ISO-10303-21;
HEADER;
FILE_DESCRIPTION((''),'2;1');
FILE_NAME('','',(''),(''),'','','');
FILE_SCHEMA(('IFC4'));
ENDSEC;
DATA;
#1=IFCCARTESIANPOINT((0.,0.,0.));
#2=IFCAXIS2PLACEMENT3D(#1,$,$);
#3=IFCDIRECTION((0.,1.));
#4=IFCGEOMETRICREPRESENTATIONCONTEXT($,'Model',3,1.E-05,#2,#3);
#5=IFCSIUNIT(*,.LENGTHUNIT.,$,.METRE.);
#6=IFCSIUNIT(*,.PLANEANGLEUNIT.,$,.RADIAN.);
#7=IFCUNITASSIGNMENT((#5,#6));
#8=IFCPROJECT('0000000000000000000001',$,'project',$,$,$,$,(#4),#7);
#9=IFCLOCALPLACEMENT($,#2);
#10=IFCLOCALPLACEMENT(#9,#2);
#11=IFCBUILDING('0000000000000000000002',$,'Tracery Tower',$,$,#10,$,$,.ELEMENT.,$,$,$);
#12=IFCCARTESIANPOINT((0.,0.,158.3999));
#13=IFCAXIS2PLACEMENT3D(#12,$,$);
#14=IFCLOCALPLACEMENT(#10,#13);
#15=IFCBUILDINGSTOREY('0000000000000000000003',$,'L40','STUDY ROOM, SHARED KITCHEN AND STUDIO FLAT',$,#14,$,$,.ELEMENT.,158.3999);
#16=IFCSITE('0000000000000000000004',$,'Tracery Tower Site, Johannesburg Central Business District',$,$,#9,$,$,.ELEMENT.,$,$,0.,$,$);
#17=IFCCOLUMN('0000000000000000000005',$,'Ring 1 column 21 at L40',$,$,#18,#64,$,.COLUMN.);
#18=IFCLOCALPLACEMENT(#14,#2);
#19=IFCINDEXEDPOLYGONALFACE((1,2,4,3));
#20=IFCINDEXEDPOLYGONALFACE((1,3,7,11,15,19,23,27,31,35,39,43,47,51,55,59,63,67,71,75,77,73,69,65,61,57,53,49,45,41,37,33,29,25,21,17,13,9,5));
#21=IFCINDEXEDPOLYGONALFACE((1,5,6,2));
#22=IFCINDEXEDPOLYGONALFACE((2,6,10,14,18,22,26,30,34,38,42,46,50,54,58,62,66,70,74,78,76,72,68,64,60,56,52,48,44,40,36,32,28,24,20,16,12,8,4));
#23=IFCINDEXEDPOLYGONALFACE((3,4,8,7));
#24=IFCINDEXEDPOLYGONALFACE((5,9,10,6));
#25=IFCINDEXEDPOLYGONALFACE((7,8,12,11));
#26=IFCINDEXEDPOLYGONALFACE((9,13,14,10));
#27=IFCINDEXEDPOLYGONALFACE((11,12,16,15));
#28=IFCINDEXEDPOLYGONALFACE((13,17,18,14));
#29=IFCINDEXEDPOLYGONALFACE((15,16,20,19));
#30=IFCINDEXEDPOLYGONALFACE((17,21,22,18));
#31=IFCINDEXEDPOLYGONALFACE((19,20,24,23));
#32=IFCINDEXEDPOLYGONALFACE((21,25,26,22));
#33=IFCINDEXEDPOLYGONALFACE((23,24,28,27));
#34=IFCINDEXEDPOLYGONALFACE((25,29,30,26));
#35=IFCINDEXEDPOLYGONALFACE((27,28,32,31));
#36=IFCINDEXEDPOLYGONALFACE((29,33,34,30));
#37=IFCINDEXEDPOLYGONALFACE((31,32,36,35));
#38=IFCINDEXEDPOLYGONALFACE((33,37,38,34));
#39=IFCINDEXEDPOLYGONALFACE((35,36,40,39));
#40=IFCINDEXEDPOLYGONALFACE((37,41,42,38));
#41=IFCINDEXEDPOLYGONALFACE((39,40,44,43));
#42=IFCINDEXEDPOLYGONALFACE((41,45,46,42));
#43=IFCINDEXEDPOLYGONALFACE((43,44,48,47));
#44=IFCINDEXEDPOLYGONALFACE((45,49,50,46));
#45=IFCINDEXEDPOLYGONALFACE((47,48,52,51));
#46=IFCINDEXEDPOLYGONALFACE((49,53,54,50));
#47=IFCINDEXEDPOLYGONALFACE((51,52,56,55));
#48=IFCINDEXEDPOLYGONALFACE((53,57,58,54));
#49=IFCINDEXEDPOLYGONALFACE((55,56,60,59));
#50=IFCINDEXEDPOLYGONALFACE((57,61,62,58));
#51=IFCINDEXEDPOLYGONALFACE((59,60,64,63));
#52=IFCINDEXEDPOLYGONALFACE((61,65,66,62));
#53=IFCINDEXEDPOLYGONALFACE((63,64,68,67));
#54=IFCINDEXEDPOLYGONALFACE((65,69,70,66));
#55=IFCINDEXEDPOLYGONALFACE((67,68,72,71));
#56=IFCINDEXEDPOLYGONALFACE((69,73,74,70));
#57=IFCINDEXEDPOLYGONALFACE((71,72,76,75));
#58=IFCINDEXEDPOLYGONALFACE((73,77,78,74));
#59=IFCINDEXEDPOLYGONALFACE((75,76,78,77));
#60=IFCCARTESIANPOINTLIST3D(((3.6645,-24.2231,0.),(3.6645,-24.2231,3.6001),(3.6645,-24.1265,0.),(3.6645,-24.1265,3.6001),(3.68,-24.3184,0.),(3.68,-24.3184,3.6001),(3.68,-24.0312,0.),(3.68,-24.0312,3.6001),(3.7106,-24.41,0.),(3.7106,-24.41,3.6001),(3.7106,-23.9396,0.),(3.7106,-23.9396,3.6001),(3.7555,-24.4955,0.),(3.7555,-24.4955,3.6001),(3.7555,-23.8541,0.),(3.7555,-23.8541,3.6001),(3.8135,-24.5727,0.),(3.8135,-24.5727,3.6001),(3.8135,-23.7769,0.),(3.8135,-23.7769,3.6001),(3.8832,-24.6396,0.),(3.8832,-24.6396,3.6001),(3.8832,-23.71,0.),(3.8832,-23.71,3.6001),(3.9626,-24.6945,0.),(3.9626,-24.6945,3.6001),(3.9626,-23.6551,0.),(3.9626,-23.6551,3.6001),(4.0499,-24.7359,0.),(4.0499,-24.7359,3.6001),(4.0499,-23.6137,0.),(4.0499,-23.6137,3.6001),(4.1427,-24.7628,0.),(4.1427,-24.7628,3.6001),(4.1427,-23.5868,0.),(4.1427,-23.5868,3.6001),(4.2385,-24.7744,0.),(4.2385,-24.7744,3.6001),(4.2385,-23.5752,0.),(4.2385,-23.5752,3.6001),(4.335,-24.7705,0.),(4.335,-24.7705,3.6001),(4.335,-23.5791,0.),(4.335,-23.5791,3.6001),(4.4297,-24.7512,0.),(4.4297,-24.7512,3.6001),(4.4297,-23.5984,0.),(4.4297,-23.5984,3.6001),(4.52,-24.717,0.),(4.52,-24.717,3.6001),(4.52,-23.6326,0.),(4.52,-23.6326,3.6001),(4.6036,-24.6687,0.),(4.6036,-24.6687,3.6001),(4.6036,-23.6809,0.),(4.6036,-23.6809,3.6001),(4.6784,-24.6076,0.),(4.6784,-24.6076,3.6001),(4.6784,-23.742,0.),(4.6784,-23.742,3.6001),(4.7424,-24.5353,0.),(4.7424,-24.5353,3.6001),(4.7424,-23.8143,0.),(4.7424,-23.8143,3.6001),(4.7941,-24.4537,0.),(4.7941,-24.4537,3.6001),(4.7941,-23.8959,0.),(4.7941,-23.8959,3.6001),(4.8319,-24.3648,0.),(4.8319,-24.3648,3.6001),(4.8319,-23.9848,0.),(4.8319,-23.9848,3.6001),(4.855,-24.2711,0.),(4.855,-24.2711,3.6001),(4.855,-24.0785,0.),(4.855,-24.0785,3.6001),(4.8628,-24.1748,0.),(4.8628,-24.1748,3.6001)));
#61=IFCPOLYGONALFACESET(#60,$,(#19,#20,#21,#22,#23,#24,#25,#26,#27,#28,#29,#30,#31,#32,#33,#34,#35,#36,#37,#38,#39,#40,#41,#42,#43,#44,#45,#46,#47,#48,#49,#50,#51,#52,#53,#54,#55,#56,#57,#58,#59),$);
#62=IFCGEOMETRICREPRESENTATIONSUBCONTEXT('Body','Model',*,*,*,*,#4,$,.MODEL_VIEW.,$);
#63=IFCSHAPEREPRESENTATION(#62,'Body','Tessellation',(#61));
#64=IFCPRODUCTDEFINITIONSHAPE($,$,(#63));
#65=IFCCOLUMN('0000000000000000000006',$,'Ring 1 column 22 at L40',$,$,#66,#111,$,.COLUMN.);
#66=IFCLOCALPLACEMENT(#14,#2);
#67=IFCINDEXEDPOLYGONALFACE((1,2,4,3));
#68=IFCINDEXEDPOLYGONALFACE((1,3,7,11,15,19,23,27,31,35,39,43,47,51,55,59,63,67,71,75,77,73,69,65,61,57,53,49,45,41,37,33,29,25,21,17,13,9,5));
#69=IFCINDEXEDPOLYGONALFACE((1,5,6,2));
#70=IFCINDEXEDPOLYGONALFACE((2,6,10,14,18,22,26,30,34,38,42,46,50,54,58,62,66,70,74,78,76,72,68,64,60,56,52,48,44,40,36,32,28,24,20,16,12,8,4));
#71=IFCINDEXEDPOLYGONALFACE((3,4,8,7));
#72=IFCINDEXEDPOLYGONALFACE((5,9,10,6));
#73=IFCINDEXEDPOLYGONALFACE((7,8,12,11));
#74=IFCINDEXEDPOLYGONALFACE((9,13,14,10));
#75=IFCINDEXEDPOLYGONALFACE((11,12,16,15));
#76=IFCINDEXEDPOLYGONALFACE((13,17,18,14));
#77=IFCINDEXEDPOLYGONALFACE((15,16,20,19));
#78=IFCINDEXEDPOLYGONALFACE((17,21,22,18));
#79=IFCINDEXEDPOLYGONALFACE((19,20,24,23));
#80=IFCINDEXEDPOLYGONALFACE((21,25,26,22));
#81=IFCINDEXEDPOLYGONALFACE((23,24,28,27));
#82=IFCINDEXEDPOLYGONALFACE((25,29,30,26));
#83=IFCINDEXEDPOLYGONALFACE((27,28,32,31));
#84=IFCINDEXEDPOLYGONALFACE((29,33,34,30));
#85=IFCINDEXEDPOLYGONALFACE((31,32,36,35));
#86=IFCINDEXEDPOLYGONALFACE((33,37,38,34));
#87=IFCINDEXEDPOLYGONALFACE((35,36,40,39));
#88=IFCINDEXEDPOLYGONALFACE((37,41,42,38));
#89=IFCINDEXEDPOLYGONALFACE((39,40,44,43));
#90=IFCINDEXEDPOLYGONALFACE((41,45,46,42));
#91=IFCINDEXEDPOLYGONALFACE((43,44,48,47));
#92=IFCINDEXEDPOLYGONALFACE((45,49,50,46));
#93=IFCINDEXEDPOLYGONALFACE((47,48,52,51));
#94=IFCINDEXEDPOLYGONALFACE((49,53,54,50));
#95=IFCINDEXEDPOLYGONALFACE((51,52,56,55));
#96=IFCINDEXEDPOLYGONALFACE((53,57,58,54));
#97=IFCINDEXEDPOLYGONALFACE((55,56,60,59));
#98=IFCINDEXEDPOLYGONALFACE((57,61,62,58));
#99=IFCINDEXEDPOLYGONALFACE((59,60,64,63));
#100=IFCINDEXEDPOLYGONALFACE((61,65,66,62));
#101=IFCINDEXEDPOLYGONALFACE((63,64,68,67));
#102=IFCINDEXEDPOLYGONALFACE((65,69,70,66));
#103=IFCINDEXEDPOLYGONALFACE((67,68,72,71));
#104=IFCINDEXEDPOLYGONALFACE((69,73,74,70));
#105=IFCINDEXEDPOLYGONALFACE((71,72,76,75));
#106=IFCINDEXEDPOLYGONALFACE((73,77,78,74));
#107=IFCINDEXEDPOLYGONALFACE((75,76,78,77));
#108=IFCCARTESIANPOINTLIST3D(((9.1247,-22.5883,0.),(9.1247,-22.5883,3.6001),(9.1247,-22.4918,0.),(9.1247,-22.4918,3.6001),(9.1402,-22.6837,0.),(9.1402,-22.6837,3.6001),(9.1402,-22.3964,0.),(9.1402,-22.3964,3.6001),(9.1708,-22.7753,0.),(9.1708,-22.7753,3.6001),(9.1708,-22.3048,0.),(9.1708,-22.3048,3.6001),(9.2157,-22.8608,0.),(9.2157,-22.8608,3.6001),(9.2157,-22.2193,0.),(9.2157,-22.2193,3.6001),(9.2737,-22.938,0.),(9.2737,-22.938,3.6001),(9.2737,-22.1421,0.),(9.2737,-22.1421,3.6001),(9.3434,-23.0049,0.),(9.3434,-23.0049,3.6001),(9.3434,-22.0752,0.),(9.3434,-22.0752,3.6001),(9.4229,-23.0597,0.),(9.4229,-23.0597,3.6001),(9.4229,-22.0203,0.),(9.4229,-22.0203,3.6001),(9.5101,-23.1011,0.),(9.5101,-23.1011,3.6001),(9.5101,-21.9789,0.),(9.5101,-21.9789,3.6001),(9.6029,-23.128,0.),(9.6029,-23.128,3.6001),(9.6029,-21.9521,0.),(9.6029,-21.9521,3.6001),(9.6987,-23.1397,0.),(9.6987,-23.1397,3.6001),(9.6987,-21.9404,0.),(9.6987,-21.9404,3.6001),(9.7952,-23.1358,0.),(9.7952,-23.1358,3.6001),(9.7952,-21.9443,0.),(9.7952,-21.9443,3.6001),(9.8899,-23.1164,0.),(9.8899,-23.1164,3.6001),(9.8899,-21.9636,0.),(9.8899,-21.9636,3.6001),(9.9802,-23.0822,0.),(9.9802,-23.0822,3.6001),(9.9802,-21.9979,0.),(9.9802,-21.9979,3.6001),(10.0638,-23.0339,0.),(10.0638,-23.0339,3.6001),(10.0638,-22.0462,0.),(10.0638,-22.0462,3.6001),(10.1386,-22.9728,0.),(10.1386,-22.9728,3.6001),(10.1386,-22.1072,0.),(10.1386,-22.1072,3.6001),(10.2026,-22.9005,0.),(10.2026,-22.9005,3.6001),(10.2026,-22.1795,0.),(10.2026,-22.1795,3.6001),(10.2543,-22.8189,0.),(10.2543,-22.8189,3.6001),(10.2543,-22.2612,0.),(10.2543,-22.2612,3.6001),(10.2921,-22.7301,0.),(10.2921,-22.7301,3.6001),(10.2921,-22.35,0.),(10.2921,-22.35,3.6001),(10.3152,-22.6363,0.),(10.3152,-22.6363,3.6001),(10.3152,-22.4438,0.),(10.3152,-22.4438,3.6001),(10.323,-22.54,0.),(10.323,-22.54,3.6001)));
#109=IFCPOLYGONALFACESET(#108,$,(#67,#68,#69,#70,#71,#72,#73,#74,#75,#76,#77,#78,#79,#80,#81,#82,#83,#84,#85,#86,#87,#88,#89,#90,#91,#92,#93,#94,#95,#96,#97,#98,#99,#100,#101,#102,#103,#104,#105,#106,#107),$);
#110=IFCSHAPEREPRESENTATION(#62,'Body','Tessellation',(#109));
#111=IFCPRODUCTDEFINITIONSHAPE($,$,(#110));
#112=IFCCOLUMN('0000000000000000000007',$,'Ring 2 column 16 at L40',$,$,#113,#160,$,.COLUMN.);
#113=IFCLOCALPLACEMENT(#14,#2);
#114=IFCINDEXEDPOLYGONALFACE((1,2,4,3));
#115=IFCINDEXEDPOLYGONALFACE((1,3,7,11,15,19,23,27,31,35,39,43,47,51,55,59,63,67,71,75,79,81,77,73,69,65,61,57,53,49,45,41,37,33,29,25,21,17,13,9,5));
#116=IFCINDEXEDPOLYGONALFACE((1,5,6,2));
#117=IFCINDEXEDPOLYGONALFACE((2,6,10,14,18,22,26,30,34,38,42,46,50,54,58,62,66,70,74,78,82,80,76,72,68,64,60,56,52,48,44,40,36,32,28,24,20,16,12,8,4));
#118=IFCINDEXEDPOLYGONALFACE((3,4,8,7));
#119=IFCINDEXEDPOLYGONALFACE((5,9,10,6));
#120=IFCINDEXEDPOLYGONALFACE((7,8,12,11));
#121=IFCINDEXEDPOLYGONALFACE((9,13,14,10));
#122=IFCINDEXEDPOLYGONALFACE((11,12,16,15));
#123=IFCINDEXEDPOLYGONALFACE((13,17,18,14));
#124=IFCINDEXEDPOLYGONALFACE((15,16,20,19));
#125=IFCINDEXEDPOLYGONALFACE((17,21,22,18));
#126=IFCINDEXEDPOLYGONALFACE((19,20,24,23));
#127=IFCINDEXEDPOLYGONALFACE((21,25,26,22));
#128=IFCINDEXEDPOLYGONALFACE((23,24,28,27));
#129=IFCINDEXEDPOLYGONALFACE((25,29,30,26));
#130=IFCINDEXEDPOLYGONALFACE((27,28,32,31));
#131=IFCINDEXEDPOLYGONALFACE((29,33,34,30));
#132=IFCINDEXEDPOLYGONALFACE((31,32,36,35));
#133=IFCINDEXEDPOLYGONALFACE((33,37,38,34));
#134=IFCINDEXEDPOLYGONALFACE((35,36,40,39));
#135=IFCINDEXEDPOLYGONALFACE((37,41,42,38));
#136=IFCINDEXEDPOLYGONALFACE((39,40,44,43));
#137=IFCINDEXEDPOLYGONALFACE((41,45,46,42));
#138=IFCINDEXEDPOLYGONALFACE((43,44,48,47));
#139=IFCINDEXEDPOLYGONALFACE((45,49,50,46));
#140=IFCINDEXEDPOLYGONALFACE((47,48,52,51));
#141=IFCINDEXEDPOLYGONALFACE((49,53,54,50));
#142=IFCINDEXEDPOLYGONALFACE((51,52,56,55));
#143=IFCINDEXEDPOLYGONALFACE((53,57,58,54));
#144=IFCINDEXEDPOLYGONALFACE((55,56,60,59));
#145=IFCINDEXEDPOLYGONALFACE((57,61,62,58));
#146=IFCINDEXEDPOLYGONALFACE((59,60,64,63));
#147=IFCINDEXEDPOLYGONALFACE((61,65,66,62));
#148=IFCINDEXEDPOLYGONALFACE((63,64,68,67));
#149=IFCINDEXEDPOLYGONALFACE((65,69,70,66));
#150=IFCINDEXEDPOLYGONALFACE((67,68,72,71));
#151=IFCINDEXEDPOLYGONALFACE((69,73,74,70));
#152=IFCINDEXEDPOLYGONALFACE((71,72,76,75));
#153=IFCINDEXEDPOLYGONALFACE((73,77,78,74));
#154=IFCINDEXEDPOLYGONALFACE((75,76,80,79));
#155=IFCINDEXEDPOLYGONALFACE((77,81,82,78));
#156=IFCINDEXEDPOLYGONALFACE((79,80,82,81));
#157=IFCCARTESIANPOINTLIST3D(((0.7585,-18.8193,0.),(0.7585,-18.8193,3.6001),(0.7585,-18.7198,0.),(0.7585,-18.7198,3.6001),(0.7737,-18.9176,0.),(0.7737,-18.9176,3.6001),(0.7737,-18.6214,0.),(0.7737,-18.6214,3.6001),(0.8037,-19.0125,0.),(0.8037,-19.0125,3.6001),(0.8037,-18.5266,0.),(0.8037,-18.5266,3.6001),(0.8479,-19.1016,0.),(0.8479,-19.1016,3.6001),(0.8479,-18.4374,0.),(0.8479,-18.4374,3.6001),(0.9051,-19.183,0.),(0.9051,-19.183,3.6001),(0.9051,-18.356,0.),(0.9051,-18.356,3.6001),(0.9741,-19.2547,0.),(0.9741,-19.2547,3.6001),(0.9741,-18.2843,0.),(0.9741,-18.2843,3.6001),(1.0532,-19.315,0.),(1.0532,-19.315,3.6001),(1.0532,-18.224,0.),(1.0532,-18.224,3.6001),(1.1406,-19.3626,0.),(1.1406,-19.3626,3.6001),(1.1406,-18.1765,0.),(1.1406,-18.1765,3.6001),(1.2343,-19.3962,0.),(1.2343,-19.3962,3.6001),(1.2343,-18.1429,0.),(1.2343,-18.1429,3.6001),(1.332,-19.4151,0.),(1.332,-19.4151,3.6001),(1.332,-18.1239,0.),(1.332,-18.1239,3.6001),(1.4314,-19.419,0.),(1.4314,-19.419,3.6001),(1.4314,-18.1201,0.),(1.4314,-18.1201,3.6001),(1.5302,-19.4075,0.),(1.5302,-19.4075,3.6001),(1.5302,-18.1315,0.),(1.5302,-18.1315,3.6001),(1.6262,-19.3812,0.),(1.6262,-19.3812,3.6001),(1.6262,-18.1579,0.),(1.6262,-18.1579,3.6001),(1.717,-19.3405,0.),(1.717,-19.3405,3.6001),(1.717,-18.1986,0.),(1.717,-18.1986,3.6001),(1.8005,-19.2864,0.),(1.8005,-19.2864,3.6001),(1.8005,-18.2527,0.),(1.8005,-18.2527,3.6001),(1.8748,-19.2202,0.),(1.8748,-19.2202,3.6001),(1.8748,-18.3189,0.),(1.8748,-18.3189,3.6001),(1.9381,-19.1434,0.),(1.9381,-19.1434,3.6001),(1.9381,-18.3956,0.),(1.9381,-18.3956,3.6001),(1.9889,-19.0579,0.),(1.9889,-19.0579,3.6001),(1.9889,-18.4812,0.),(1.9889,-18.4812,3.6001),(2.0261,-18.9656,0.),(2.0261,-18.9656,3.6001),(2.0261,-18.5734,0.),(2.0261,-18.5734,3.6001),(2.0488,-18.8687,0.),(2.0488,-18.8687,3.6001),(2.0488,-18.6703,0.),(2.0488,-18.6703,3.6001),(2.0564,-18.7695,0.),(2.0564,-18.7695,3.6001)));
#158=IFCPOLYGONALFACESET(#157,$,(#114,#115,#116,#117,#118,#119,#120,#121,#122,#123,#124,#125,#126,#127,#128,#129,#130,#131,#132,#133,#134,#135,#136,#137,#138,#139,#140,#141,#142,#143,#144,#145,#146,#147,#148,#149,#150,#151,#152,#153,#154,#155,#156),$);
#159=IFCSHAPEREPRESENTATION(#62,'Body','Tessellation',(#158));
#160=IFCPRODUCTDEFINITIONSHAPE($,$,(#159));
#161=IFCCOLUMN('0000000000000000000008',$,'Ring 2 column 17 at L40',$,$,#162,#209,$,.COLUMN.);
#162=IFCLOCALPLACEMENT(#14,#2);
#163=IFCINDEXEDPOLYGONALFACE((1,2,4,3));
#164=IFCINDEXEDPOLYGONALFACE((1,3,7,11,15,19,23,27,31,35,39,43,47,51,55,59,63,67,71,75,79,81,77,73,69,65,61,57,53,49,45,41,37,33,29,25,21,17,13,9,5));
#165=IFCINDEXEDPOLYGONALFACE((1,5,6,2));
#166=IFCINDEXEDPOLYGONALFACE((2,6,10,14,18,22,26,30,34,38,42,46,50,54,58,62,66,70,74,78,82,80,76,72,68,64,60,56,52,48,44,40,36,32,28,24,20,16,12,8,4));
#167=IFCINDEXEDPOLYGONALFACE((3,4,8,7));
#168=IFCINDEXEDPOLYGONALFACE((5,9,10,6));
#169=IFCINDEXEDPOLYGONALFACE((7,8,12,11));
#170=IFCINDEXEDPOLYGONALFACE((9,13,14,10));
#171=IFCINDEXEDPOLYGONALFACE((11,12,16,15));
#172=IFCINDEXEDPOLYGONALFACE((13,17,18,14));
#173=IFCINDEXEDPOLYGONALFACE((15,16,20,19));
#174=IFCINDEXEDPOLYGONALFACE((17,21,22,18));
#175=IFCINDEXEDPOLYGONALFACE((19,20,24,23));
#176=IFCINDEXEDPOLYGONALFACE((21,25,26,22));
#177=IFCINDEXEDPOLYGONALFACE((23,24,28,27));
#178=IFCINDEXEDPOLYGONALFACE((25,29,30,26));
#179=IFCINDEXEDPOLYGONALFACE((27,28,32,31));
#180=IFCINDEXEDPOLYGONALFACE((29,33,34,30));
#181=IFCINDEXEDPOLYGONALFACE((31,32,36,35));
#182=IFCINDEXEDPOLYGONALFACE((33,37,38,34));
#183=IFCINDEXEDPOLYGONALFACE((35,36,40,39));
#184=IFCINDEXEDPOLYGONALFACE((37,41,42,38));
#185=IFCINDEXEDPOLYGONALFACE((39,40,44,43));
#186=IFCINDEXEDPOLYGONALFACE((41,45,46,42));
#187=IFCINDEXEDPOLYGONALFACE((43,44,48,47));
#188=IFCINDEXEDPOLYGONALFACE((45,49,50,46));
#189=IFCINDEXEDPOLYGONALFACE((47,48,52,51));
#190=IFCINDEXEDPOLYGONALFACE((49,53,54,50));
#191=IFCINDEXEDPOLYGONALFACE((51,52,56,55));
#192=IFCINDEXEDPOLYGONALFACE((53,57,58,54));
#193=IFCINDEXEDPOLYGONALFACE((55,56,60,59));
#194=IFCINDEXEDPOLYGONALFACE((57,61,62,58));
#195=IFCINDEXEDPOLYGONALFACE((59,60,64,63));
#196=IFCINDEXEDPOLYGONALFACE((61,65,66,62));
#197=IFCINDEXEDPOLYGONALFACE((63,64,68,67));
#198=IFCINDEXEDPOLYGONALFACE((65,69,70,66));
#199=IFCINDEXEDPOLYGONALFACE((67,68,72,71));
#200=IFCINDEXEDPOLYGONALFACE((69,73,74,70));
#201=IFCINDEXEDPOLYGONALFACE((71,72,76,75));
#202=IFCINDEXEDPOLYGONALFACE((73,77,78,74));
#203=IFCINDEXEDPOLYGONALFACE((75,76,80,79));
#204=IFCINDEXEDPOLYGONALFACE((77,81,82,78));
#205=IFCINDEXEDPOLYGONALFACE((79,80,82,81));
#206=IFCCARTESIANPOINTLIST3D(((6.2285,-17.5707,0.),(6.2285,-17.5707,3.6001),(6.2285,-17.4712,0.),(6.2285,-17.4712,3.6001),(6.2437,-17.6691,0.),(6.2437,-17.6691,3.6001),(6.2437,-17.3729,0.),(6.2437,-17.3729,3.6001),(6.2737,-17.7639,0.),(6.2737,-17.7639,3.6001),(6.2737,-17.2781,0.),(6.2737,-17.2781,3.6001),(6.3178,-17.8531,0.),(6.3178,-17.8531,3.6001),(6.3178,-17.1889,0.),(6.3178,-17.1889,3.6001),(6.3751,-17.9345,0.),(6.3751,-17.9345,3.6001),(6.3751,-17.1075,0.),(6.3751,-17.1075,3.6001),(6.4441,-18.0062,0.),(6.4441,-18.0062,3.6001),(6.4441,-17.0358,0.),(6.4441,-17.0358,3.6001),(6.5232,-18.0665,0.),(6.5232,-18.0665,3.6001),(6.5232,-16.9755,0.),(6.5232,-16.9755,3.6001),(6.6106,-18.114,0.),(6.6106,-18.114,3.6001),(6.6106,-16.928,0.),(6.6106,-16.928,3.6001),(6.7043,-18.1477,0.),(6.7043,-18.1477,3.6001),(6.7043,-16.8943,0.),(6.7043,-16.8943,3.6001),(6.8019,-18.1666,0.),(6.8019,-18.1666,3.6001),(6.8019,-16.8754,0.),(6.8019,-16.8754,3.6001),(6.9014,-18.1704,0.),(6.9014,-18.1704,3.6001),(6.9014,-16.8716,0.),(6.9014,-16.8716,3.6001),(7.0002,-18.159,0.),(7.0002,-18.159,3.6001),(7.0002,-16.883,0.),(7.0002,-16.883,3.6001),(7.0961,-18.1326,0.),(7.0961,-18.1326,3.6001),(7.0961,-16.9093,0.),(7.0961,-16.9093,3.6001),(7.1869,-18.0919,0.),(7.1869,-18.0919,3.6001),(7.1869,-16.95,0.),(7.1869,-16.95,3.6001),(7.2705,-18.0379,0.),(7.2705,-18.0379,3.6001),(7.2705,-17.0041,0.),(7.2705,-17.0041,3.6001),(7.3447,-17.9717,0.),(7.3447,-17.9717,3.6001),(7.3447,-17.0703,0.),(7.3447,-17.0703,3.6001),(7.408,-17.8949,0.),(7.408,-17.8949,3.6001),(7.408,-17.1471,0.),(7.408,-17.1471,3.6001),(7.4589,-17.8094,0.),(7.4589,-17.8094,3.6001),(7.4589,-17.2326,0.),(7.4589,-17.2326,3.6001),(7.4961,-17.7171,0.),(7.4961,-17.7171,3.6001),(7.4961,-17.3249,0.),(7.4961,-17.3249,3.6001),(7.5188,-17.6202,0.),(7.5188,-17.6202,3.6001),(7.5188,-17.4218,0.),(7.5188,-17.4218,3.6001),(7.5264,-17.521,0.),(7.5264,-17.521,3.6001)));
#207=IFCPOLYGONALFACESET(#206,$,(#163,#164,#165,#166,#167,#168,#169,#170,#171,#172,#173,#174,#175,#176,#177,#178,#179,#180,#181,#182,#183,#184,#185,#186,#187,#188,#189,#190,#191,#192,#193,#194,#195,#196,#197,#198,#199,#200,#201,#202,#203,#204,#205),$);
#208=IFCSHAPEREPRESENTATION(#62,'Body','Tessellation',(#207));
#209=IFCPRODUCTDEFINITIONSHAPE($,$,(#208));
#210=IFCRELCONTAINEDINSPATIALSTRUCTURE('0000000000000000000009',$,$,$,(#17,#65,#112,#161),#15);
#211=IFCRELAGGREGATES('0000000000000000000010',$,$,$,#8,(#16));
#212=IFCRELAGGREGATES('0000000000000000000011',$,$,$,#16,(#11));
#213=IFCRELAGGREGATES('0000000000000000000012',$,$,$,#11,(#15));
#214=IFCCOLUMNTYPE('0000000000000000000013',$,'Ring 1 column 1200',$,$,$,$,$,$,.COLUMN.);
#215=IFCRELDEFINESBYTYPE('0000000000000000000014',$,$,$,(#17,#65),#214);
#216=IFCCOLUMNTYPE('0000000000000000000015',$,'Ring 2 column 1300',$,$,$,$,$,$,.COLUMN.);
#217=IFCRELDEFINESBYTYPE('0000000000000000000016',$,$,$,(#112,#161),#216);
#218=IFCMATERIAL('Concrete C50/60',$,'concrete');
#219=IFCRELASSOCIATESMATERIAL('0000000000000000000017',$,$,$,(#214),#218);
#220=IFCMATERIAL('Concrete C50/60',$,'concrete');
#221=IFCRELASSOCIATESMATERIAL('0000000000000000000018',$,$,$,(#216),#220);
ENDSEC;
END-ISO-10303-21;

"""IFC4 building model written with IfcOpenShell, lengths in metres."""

from ifc_helpers import new_model, si_unit, direction, frame, origin, origin_2d, place, context, subcontext, project, spatial, circle, extrude, material, material_profile, profile_set, type_object, element, save


model = new_model("IFC4")

# Units and contexts
model_context = context("Model", 3, precision=1e-05, world=origin(), true_north=direction((0.0, 1.0)))
body_context = subcontext(model_context, "Body", "Model", "MODEL_VIEW")
ifc_project = project(units=[si_unit("LENGTHUNIT", "METRE"), si_unit("PLANEANGLEUNIT", "RADIAN")], contexts=[model_context])

# Site, building, storey
site_placement = place(None, origin())
site = spatial("IfcSite", under=ifc_project, at=site_placement, Name="Tracery Tower Site, Johannesburg Central Business District", CompositionType="ELEMENT", RefElevation=0.0)
building_placement = place(site_placement, origin())
building = spatial("IfcBuilding", under=site, at=building_placement, Name="Tracery Tower", CompositionType="ELEMENT")
storey_placement = place(building_placement, frame((0.0, 0.0, 158.3999)))
storey = spatial("IfcBuildingStorey", under=building, at=storey_placement, Name="L40", Description="STUDY ROOM, SHARED KITCHEN AND STUDIO FLAT", CompositionType="ELEMENT", Elevation=158.3999)

# Columns
ifc_material_1 = material(Name="Concrete C50/60", Category="concrete")
ifc_material_profile_1 = material_profile(ifc_material_1, circle(Radius=0.6001, at=origin_2d()), Name="RC D1200")
ifc_profile_set_1 = profile_set([ifc_material_profile_1], Name="Concrete C50/60")
column_type_1 = type_object("IfcColumnType", Name="Ring 1 column 1200", PredefinedType="COLUMN", material=ifc_profile_set_1)
for number, where, z_axis, x_axis, name in (
    (1, (4.2627, -24.1748, 0.0), (0.0, 0.0, 1.0), (1.0, 0.0, 0.0), "Ring 1 column 21 at L40"),
    (2, (9.7229, -22.54, 0.0), (0.0, 0.0, 1.0), (1.0, 0.0, 0.0), "Ring 1 column 22 at L40"),
):
    element("IfcColumn", number, at=place(storey_placement, frame(where, z_axis=z_axis, x_axis=x_axis)), inside=storey, type_object=column_type_1, Name=name, PredefinedType="COLUMN", context=body_context, shape_type="SweptSolid", body=[
        extrude(circle(Radius=0.6001, at=origin_2d()), origin(), (0.0, 0.0, 1.0), 3.6001),
    ])
ifc_material_2 = material(Name="Concrete C50/60", Category="concrete")
ifc_material_profile_2 = material_profile(ifc_material_2, circle(Radius=0.6499, at=origin_2d()), Name="RC D1300")
ifc_profile_set_2 = profile_set([ifc_material_profile_2], Name="Concrete C50/60")
column_type_2 = type_object("IfcColumnType", Name="Ring 2 column 1300", PredefinedType="COLUMN", material=ifc_profile_set_2)
for number, where, z_axis, x_axis, name in (
    (3, (1.4065, -18.7695, 0.0), (0.0, 0.0, 1.0), (1.0, 0.0, 0.0), "Ring 2 column 16 at L40"),
    (4, (6.8765, -17.521, 0.0), (0.0, 0.0, 1.0), (1.0, 0.0, 0.0), "Ring 2 column 17 at L40"),
):
    element("IfcColumn", number, at=place(storey_placement, frame(where, z_axis=z_axis, x_axis=x_axis)), inside=storey, type_object=column_type_2, Name=name, PredefinedType="COLUMN", context=body_context, shape_type="SweptSolid", body=[
        extrude(circle(Radius=0.6499, at=origin_2d()), origin(), (0.0, 0.0, 1.0), 3.6001),
    ])

save(model, "model.ifc")
